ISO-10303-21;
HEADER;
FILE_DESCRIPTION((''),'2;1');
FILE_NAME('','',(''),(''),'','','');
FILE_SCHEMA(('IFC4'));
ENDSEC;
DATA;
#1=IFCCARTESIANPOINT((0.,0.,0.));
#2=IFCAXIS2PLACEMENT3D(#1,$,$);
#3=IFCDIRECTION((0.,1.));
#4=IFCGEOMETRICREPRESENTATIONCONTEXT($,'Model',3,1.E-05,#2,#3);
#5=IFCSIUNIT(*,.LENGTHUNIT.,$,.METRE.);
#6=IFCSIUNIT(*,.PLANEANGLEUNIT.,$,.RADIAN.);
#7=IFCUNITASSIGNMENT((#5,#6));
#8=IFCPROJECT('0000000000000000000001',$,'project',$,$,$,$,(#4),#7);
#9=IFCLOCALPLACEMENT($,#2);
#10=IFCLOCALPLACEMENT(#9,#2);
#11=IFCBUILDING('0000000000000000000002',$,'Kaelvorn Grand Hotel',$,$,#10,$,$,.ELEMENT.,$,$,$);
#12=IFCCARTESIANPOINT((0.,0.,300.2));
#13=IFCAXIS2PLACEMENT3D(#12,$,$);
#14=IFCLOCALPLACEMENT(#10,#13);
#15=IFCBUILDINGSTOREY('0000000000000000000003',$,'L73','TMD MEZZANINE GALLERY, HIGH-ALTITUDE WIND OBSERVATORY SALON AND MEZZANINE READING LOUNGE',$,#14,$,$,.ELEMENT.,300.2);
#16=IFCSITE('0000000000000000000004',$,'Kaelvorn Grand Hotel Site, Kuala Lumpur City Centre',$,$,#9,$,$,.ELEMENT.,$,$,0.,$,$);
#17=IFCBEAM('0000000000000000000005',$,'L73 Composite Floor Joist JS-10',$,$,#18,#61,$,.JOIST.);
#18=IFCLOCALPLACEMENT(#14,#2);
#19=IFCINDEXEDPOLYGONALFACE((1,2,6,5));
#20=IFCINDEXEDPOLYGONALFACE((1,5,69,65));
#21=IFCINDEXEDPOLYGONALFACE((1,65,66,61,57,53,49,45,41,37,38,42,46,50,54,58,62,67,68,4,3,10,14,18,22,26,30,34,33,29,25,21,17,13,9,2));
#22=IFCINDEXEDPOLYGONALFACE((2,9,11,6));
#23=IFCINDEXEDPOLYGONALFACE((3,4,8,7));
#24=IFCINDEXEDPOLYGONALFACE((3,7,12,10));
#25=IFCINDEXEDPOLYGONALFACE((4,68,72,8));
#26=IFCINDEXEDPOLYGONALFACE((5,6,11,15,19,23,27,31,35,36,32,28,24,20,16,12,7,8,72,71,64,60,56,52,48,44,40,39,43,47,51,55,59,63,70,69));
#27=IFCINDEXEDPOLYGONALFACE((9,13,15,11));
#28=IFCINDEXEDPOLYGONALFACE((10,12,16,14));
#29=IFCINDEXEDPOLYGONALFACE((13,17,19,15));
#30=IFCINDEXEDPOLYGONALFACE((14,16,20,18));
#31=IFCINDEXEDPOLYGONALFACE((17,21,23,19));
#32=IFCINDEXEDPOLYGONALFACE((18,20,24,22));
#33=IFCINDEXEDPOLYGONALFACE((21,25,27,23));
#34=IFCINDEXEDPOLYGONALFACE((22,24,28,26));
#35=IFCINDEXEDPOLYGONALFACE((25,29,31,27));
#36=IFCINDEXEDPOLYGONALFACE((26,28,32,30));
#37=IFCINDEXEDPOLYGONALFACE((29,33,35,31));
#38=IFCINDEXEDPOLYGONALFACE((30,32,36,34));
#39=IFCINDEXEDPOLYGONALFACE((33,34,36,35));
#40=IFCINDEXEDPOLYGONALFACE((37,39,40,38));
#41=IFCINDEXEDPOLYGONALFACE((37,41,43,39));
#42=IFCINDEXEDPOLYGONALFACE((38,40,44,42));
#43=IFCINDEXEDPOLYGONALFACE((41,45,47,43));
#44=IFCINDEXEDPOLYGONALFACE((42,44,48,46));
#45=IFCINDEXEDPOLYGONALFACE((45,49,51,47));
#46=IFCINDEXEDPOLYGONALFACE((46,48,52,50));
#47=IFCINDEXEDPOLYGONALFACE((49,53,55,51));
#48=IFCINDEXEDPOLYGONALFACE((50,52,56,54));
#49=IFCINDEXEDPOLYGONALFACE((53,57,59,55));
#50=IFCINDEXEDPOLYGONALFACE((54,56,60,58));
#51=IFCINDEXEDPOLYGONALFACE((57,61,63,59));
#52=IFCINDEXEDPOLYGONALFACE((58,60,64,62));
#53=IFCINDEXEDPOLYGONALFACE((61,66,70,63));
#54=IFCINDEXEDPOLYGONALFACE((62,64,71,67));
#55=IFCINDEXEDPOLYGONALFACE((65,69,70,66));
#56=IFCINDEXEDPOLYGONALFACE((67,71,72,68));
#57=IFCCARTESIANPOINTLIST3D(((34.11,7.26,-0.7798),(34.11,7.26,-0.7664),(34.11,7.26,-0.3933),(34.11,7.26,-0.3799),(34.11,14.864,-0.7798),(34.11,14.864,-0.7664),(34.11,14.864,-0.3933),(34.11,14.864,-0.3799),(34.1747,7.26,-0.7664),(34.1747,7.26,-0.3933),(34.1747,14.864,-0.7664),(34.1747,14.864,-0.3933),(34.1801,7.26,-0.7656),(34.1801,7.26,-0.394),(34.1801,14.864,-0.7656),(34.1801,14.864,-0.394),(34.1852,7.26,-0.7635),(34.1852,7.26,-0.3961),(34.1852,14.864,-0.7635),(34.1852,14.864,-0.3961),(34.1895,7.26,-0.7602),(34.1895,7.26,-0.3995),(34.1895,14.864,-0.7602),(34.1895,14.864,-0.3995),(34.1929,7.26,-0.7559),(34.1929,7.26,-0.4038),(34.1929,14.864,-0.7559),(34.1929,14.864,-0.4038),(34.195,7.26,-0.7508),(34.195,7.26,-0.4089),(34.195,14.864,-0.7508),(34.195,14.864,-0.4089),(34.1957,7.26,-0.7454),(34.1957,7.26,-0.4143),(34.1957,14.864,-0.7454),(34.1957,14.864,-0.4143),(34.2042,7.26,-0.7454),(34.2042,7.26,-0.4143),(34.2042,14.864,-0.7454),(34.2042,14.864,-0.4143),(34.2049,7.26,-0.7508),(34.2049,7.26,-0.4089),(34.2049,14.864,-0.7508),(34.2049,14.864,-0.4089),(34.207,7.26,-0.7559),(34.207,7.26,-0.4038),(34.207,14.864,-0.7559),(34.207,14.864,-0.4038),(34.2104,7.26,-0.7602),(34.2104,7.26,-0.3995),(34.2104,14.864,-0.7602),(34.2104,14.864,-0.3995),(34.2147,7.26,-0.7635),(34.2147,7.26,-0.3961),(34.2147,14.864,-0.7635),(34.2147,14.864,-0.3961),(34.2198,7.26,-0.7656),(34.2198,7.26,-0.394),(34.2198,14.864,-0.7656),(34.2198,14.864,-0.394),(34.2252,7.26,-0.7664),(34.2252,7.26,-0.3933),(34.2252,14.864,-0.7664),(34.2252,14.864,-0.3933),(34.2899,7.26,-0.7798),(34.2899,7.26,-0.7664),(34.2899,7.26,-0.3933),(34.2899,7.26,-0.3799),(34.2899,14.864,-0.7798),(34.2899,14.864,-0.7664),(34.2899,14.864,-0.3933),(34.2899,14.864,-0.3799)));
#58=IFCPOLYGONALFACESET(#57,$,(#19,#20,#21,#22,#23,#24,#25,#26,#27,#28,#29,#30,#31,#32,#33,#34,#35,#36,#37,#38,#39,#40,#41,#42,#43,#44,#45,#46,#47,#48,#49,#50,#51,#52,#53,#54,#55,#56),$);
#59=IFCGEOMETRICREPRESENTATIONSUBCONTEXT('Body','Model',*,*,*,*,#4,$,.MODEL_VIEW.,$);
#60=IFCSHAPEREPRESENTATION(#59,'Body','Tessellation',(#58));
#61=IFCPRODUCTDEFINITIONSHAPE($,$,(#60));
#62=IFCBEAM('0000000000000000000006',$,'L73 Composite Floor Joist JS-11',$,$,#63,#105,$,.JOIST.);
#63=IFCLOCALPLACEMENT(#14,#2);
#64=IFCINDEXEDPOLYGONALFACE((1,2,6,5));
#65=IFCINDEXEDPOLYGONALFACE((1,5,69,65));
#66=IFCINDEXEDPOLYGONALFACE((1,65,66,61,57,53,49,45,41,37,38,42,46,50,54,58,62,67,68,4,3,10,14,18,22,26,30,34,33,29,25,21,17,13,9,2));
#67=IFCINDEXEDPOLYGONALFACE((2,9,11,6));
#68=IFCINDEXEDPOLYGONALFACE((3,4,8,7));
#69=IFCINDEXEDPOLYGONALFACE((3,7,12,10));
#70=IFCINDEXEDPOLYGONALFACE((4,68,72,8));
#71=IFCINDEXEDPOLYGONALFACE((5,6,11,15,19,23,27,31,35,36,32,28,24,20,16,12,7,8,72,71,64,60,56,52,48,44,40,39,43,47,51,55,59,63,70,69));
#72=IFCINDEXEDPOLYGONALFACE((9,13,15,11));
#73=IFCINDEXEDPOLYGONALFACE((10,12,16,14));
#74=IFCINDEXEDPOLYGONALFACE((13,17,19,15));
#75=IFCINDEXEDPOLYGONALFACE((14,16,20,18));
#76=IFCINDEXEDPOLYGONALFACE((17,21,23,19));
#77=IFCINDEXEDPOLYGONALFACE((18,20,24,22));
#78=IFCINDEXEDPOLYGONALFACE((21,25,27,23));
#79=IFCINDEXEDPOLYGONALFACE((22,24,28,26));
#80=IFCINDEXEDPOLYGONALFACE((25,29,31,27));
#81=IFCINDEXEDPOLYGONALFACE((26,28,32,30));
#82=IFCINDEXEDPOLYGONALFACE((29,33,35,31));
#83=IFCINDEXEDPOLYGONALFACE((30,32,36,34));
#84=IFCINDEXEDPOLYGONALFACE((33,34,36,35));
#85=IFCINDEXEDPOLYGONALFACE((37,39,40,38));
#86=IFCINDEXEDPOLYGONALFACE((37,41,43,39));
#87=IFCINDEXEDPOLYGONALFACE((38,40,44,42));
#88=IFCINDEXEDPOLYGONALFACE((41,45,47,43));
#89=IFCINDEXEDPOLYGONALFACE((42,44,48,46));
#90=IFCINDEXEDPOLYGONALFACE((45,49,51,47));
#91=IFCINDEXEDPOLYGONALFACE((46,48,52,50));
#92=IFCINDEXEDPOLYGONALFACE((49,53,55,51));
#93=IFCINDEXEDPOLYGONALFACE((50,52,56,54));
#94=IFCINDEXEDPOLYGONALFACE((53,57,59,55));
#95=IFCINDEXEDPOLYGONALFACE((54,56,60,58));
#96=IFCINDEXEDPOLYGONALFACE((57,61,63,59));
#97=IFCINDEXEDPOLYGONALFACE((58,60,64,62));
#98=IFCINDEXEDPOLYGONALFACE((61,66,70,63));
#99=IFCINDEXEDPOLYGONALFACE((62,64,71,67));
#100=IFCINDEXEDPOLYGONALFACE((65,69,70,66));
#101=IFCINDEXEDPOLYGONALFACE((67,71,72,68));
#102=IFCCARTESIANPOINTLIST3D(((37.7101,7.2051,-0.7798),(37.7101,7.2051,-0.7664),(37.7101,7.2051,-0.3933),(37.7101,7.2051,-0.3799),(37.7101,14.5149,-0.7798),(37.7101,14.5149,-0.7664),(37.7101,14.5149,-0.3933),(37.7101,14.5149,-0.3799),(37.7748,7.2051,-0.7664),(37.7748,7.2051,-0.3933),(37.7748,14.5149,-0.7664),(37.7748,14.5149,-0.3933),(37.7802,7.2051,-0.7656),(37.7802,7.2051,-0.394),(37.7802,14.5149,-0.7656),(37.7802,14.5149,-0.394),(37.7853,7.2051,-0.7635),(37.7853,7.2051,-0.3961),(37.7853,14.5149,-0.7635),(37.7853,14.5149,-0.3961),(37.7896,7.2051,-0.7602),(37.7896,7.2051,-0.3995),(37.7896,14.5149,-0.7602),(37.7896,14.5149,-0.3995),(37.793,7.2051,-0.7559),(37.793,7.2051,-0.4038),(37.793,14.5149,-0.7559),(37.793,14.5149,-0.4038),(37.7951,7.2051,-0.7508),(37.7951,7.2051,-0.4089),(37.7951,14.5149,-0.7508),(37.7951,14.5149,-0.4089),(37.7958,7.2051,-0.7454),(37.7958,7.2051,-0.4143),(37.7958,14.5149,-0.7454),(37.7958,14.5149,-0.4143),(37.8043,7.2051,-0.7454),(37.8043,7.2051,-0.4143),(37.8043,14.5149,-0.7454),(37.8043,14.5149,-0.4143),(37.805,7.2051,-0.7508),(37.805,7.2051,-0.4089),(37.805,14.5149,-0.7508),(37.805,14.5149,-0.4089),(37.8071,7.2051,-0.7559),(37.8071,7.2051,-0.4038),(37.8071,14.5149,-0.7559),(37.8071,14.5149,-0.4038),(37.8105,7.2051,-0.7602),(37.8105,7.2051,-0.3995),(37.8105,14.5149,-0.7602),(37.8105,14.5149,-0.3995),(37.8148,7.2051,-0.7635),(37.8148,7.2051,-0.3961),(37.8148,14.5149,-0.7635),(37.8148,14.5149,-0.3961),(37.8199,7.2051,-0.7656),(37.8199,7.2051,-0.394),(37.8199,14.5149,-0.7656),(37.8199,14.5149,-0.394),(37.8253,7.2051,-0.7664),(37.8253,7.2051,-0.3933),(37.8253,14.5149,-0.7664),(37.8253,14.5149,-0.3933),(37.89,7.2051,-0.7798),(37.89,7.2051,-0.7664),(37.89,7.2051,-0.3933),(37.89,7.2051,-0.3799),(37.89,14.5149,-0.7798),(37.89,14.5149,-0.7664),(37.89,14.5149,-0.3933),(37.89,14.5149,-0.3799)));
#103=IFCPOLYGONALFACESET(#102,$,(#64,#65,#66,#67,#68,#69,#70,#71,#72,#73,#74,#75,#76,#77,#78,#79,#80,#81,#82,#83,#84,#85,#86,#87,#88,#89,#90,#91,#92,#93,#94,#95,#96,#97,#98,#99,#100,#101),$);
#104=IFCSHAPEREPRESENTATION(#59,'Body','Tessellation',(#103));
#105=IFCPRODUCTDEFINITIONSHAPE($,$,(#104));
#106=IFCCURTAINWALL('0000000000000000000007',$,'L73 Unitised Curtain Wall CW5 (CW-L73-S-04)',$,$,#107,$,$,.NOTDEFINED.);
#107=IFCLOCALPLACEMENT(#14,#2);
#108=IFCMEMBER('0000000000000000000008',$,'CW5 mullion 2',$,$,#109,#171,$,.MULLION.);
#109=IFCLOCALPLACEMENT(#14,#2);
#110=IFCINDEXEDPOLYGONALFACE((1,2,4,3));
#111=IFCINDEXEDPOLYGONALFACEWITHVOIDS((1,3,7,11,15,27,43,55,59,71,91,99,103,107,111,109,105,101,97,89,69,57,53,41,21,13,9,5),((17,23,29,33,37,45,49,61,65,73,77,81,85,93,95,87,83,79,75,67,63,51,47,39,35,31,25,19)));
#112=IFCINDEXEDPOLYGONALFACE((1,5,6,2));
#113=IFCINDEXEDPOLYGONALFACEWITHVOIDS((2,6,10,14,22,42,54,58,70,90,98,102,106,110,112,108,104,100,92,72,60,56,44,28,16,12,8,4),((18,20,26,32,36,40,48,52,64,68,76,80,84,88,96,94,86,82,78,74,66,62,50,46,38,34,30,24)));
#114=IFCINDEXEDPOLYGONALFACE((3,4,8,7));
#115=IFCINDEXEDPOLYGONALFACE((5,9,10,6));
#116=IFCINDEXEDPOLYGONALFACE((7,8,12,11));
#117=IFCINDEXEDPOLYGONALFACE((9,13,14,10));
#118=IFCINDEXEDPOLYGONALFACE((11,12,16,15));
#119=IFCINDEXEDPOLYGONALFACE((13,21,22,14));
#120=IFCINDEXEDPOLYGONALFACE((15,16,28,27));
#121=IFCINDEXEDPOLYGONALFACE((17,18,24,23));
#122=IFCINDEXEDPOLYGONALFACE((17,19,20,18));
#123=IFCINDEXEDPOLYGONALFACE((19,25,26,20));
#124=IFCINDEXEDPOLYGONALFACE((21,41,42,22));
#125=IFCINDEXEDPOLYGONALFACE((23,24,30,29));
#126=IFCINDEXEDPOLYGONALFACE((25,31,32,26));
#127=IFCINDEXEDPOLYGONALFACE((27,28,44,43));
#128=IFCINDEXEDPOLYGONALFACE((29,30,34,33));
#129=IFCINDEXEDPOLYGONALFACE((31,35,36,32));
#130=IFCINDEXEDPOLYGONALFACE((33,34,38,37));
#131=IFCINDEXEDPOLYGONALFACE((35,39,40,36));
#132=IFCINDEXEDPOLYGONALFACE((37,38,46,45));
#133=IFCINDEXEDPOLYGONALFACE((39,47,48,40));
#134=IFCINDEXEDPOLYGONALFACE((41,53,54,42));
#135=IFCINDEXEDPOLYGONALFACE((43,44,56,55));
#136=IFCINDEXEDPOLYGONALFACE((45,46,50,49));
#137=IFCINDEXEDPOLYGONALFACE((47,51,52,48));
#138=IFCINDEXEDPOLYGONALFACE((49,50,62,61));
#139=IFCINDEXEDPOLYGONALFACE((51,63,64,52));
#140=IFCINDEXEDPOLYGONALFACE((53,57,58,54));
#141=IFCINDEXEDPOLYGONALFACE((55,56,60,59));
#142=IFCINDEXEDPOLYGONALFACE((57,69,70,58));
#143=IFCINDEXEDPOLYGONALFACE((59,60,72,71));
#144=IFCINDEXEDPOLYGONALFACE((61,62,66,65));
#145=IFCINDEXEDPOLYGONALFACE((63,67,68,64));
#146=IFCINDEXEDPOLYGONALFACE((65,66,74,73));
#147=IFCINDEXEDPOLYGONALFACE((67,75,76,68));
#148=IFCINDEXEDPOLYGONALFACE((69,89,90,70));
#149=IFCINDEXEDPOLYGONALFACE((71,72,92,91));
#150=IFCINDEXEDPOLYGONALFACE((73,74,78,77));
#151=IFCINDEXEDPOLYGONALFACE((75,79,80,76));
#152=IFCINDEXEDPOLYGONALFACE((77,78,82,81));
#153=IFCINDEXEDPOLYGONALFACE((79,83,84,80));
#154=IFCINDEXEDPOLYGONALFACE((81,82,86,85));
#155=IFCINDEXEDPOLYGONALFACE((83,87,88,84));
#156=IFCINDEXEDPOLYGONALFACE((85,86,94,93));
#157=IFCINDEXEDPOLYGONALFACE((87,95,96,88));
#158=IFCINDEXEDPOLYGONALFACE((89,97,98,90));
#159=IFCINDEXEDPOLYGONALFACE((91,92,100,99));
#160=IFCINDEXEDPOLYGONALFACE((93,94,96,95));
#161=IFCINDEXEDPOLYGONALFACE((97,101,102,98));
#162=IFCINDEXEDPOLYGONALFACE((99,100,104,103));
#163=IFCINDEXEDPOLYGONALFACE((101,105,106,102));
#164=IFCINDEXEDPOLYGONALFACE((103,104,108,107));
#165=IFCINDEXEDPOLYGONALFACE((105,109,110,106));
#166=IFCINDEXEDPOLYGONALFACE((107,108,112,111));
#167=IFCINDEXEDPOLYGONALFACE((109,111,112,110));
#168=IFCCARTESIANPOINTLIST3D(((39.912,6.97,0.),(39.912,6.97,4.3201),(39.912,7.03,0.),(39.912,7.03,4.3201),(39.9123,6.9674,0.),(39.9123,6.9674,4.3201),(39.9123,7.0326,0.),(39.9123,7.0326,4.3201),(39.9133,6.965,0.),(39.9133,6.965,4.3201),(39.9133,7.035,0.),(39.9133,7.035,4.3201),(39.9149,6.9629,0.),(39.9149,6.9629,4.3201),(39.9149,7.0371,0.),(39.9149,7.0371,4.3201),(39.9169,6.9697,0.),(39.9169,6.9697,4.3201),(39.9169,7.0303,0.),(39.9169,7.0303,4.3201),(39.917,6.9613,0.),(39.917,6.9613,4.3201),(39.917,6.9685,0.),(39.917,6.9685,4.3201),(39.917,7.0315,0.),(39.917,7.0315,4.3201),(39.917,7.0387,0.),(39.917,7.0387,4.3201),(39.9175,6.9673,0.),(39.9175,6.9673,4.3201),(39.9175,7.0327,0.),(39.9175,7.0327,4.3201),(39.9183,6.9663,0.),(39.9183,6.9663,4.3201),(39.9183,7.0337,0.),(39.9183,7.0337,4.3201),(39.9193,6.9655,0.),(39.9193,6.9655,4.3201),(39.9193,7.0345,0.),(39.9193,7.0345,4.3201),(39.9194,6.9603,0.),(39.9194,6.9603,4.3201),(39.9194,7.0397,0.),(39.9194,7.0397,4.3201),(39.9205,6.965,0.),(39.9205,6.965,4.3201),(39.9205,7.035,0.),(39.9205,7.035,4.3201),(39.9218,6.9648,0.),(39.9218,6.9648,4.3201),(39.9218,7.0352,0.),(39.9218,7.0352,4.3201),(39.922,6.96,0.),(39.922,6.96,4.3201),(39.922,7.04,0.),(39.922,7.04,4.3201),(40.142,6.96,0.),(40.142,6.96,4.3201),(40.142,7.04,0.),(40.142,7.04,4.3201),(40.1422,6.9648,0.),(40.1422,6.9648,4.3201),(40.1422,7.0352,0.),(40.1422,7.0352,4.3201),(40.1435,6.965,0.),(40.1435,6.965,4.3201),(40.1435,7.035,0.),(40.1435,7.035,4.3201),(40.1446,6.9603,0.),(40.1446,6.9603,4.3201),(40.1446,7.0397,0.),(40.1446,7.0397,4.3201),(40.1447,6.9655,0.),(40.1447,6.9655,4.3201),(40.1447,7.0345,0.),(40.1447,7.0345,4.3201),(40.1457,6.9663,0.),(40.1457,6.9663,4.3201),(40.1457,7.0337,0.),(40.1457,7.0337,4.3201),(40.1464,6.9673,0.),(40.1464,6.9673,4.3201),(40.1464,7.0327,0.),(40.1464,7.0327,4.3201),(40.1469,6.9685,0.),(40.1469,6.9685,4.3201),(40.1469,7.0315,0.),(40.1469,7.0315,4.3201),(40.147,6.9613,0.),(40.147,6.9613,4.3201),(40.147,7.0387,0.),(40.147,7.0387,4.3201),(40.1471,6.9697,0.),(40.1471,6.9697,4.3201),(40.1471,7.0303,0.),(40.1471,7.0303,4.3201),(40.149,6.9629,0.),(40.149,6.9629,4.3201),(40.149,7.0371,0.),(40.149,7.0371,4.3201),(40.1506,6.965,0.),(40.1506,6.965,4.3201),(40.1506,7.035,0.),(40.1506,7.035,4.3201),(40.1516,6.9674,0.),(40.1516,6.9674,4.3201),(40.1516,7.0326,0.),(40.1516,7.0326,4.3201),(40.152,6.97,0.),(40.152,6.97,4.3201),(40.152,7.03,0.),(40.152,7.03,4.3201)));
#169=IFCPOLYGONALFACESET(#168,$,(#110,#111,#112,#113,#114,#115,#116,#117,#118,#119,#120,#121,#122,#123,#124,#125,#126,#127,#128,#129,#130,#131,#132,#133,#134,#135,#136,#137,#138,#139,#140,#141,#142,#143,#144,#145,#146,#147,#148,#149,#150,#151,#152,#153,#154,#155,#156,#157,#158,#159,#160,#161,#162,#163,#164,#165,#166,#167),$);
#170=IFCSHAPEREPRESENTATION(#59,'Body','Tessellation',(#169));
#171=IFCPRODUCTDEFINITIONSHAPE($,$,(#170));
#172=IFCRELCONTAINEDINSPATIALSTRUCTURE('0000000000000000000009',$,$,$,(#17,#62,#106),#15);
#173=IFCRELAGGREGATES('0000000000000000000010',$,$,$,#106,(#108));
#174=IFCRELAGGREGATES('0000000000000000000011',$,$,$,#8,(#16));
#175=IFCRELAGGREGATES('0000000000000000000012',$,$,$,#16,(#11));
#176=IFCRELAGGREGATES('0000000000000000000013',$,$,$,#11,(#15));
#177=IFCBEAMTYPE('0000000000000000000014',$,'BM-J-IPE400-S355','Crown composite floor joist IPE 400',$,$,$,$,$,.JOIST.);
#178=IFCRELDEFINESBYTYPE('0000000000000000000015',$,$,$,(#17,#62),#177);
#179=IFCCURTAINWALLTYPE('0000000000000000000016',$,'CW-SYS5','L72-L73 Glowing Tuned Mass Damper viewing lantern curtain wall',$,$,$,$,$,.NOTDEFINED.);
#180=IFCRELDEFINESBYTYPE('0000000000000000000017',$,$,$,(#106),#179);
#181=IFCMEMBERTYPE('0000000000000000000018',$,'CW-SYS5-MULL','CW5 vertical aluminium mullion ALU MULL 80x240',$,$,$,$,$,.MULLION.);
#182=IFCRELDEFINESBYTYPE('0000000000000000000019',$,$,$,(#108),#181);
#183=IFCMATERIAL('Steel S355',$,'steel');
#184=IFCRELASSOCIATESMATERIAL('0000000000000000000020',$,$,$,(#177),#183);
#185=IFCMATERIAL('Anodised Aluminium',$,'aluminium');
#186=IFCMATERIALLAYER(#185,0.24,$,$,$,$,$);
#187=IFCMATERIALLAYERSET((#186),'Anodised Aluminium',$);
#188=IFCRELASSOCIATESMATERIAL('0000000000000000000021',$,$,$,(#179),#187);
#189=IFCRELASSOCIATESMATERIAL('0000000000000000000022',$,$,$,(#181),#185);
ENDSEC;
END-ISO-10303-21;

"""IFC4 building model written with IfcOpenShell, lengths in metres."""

from ifc_helpers import new_model, si_unit, direction, frame, origin, origin_2d, place, context, subcontext, project, spatial, hollow_rectangle, i_section, extrude, material, layer, layer_set, material_profile, profile_set, type_object, element, aggregate, save


model = new_model("IFC4")

# Units and contexts
model_context = context("Model", 3, precision=1e-05, world=origin(), true_north=direction((0.0, 1.0)))
body_context = subcontext(model_context, "Body", "Model", "MODEL_VIEW")
ifc_project = project(units=[si_unit("LENGTHUNIT", "METRE"), si_unit("PLANEANGLEUNIT", "RADIAN")], contexts=[model_context])

# Site, building, storey
site_placement = place(None, origin())
site = spatial("IfcSite", under=ifc_project, at=site_placement, Name="Kaelvorn Grand Hotel Site, Kuala Lumpur City Centre", CompositionType="ELEMENT", RefElevation=0.0)
building_placement = place(site_placement, origin())
building = spatial("IfcBuilding", under=site, at=building_placement, Name="Kaelvorn Grand Hotel", CompositionType="ELEMENT")
storey_placement = place(building_placement, frame((0.0, 0.0, 300.2)))
storey = spatial("IfcBuildingStorey", under=building, at=storey_placement, Name="L73", Description="TMD MEZZANINE GALLERY, HIGH-ALTITUDE WIND OBSERVATORY SALON AND MEZZANINE READING LOUNGE", CompositionType="ELEMENT", Elevation=300.2)

# Beams
ifc_material_1 = material(Name="Steel S355", Category="steel")
ifc_material_profile_1 = material_profile(ifc_material_1, i_section(OverallWidth=0.1799, OverallDepth=0.3999, WebThickness=0.0085, FlangeThickness=0.0134, FilletRadius=0.021, at=origin_2d()), Name="IPE 400")
ifc_profile_set_1 = profile_set([ifc_material_profile_1], Name="Steel S355")
beam_type_1 = type_object("IfcBeamType", Name="BM-J-IPE400-S355", Description="Crown composite floor joist IPE 400", PredefinedType="JOIST", material=ifc_profile_set_1)
beam_1_placement = place(storey_placement, frame((34.2, 7.26, -0.5798), z_axis=(0.0, 1.0, 0.0), x_axis=(-1.0, 0.0, 0.0)))
element("IfcBeam", 1, at=beam_1_placement, inside=storey, type_object=beam_type_1, Name="L73 Composite Floor Joist JS-10", PredefinedType="JOIST", context=body_context, shape_type="SweptSolid", body=[
    extrude(i_section(OverallWidth=0.1799, OverallDepth=0.3999, WebThickness=0.0085, FlangeThickness=0.0134, FilletRadius=0.021, at=origin_2d()), origin(), (0.0, 0.0, 1.0), 7.604),
])
beam_2_placement = place(storey_placement, frame((37.8, 7.2051, -0.5798), z_axis=(0.0, 1.0, 0.0), x_axis=(-1.0, 0.0, 0.0)))
element("IfcBeam", 2, at=beam_2_placement, inside=storey, type_object=beam_type_1, Name="L73 Composite Floor Joist JS-11", PredefinedType="JOIST", context=body_context, shape_type="SweptSolid", body=[
    extrude(i_section(OverallWidth=0.1799, OverallDepth=0.3999, WebThickness=0.0085, FlangeThickness=0.0134, FilletRadius=0.021, at=origin_2d()), origin(), (0.0, 0.0, 1.0), 7.3098),
])

# Curtain wall, member
ifc_material_2 = material(Name="Anodised Aluminium", Category="aluminium")
ifc_layer_1 = layer(ifc_material_2, 0.24)
ifc_layer_set_1 = layer_set([ifc_layer_1], Name="Anodised Aluminium")
curtain_wall_type = type_object("IfcCurtainWallType", Name="CW-SYS5", Description="L72-L73 Glowing Tuned Mass Damper viewing lantern curtain wall", PredefinedType="NOTDEFINED", material=ifc_layer_set_1)
curtain_wall_placement = place(storey_placement, origin())
curtain_wall = element("IfcCurtainWall", 3, at=curtain_wall_placement, inside=storey, type_object=curtain_wall_type, Name="L73 Unitised Curtain Wall CW5 (CW-L73-S-04)", PredefinedType="NOTDEFINED")
ifc_material_profile_2 = material_profile(ifc_material_2, hollow_rectangle(XDim=0.0801, YDim=0.24, WallThickness=0.0049, InnerFilletRadius=0.0049, OuterFilletRadius=0.01, at=origin_2d()), Name="ALU MULL 80x240")
ifc_profile_set_2 = profile_set([ifc_material_profile_2], Name="Anodised Aluminium")
member_type_1 = type_object("IfcMemberType", Name="CW-SYS5-MULL", Description="CW5 vertical aluminium mullion ALU MULL 80x240", PredefinedType="MULLION", material=ifc_profile_set_2)
member_1_placement = place(storey_placement, frame((40.032, 7.0, 0.0), z_axis=(0.0, 0.0, 1.0), x_axis=(0.0, 1.0, 0.0)))
member_1 = element("IfcMember", 4, at=member_1_placement, type_object=member_type_1, Name="CW5 mullion 2", PredefinedType="MULLION", context=body_context, shape_type="SweptSolid", body=[
    extrude(hollow_rectangle(XDim=0.0801, YDim=0.24, WallThickness=0.0049, InnerFilletRadius=0.0049, OuterFilletRadius=0.01, at=origin_2d()), origin(), (0.0, 0.0, 1.0), 4.3201),
])
aggregate(curtain_wall, [member_1])

save(model, "model.ifc")
